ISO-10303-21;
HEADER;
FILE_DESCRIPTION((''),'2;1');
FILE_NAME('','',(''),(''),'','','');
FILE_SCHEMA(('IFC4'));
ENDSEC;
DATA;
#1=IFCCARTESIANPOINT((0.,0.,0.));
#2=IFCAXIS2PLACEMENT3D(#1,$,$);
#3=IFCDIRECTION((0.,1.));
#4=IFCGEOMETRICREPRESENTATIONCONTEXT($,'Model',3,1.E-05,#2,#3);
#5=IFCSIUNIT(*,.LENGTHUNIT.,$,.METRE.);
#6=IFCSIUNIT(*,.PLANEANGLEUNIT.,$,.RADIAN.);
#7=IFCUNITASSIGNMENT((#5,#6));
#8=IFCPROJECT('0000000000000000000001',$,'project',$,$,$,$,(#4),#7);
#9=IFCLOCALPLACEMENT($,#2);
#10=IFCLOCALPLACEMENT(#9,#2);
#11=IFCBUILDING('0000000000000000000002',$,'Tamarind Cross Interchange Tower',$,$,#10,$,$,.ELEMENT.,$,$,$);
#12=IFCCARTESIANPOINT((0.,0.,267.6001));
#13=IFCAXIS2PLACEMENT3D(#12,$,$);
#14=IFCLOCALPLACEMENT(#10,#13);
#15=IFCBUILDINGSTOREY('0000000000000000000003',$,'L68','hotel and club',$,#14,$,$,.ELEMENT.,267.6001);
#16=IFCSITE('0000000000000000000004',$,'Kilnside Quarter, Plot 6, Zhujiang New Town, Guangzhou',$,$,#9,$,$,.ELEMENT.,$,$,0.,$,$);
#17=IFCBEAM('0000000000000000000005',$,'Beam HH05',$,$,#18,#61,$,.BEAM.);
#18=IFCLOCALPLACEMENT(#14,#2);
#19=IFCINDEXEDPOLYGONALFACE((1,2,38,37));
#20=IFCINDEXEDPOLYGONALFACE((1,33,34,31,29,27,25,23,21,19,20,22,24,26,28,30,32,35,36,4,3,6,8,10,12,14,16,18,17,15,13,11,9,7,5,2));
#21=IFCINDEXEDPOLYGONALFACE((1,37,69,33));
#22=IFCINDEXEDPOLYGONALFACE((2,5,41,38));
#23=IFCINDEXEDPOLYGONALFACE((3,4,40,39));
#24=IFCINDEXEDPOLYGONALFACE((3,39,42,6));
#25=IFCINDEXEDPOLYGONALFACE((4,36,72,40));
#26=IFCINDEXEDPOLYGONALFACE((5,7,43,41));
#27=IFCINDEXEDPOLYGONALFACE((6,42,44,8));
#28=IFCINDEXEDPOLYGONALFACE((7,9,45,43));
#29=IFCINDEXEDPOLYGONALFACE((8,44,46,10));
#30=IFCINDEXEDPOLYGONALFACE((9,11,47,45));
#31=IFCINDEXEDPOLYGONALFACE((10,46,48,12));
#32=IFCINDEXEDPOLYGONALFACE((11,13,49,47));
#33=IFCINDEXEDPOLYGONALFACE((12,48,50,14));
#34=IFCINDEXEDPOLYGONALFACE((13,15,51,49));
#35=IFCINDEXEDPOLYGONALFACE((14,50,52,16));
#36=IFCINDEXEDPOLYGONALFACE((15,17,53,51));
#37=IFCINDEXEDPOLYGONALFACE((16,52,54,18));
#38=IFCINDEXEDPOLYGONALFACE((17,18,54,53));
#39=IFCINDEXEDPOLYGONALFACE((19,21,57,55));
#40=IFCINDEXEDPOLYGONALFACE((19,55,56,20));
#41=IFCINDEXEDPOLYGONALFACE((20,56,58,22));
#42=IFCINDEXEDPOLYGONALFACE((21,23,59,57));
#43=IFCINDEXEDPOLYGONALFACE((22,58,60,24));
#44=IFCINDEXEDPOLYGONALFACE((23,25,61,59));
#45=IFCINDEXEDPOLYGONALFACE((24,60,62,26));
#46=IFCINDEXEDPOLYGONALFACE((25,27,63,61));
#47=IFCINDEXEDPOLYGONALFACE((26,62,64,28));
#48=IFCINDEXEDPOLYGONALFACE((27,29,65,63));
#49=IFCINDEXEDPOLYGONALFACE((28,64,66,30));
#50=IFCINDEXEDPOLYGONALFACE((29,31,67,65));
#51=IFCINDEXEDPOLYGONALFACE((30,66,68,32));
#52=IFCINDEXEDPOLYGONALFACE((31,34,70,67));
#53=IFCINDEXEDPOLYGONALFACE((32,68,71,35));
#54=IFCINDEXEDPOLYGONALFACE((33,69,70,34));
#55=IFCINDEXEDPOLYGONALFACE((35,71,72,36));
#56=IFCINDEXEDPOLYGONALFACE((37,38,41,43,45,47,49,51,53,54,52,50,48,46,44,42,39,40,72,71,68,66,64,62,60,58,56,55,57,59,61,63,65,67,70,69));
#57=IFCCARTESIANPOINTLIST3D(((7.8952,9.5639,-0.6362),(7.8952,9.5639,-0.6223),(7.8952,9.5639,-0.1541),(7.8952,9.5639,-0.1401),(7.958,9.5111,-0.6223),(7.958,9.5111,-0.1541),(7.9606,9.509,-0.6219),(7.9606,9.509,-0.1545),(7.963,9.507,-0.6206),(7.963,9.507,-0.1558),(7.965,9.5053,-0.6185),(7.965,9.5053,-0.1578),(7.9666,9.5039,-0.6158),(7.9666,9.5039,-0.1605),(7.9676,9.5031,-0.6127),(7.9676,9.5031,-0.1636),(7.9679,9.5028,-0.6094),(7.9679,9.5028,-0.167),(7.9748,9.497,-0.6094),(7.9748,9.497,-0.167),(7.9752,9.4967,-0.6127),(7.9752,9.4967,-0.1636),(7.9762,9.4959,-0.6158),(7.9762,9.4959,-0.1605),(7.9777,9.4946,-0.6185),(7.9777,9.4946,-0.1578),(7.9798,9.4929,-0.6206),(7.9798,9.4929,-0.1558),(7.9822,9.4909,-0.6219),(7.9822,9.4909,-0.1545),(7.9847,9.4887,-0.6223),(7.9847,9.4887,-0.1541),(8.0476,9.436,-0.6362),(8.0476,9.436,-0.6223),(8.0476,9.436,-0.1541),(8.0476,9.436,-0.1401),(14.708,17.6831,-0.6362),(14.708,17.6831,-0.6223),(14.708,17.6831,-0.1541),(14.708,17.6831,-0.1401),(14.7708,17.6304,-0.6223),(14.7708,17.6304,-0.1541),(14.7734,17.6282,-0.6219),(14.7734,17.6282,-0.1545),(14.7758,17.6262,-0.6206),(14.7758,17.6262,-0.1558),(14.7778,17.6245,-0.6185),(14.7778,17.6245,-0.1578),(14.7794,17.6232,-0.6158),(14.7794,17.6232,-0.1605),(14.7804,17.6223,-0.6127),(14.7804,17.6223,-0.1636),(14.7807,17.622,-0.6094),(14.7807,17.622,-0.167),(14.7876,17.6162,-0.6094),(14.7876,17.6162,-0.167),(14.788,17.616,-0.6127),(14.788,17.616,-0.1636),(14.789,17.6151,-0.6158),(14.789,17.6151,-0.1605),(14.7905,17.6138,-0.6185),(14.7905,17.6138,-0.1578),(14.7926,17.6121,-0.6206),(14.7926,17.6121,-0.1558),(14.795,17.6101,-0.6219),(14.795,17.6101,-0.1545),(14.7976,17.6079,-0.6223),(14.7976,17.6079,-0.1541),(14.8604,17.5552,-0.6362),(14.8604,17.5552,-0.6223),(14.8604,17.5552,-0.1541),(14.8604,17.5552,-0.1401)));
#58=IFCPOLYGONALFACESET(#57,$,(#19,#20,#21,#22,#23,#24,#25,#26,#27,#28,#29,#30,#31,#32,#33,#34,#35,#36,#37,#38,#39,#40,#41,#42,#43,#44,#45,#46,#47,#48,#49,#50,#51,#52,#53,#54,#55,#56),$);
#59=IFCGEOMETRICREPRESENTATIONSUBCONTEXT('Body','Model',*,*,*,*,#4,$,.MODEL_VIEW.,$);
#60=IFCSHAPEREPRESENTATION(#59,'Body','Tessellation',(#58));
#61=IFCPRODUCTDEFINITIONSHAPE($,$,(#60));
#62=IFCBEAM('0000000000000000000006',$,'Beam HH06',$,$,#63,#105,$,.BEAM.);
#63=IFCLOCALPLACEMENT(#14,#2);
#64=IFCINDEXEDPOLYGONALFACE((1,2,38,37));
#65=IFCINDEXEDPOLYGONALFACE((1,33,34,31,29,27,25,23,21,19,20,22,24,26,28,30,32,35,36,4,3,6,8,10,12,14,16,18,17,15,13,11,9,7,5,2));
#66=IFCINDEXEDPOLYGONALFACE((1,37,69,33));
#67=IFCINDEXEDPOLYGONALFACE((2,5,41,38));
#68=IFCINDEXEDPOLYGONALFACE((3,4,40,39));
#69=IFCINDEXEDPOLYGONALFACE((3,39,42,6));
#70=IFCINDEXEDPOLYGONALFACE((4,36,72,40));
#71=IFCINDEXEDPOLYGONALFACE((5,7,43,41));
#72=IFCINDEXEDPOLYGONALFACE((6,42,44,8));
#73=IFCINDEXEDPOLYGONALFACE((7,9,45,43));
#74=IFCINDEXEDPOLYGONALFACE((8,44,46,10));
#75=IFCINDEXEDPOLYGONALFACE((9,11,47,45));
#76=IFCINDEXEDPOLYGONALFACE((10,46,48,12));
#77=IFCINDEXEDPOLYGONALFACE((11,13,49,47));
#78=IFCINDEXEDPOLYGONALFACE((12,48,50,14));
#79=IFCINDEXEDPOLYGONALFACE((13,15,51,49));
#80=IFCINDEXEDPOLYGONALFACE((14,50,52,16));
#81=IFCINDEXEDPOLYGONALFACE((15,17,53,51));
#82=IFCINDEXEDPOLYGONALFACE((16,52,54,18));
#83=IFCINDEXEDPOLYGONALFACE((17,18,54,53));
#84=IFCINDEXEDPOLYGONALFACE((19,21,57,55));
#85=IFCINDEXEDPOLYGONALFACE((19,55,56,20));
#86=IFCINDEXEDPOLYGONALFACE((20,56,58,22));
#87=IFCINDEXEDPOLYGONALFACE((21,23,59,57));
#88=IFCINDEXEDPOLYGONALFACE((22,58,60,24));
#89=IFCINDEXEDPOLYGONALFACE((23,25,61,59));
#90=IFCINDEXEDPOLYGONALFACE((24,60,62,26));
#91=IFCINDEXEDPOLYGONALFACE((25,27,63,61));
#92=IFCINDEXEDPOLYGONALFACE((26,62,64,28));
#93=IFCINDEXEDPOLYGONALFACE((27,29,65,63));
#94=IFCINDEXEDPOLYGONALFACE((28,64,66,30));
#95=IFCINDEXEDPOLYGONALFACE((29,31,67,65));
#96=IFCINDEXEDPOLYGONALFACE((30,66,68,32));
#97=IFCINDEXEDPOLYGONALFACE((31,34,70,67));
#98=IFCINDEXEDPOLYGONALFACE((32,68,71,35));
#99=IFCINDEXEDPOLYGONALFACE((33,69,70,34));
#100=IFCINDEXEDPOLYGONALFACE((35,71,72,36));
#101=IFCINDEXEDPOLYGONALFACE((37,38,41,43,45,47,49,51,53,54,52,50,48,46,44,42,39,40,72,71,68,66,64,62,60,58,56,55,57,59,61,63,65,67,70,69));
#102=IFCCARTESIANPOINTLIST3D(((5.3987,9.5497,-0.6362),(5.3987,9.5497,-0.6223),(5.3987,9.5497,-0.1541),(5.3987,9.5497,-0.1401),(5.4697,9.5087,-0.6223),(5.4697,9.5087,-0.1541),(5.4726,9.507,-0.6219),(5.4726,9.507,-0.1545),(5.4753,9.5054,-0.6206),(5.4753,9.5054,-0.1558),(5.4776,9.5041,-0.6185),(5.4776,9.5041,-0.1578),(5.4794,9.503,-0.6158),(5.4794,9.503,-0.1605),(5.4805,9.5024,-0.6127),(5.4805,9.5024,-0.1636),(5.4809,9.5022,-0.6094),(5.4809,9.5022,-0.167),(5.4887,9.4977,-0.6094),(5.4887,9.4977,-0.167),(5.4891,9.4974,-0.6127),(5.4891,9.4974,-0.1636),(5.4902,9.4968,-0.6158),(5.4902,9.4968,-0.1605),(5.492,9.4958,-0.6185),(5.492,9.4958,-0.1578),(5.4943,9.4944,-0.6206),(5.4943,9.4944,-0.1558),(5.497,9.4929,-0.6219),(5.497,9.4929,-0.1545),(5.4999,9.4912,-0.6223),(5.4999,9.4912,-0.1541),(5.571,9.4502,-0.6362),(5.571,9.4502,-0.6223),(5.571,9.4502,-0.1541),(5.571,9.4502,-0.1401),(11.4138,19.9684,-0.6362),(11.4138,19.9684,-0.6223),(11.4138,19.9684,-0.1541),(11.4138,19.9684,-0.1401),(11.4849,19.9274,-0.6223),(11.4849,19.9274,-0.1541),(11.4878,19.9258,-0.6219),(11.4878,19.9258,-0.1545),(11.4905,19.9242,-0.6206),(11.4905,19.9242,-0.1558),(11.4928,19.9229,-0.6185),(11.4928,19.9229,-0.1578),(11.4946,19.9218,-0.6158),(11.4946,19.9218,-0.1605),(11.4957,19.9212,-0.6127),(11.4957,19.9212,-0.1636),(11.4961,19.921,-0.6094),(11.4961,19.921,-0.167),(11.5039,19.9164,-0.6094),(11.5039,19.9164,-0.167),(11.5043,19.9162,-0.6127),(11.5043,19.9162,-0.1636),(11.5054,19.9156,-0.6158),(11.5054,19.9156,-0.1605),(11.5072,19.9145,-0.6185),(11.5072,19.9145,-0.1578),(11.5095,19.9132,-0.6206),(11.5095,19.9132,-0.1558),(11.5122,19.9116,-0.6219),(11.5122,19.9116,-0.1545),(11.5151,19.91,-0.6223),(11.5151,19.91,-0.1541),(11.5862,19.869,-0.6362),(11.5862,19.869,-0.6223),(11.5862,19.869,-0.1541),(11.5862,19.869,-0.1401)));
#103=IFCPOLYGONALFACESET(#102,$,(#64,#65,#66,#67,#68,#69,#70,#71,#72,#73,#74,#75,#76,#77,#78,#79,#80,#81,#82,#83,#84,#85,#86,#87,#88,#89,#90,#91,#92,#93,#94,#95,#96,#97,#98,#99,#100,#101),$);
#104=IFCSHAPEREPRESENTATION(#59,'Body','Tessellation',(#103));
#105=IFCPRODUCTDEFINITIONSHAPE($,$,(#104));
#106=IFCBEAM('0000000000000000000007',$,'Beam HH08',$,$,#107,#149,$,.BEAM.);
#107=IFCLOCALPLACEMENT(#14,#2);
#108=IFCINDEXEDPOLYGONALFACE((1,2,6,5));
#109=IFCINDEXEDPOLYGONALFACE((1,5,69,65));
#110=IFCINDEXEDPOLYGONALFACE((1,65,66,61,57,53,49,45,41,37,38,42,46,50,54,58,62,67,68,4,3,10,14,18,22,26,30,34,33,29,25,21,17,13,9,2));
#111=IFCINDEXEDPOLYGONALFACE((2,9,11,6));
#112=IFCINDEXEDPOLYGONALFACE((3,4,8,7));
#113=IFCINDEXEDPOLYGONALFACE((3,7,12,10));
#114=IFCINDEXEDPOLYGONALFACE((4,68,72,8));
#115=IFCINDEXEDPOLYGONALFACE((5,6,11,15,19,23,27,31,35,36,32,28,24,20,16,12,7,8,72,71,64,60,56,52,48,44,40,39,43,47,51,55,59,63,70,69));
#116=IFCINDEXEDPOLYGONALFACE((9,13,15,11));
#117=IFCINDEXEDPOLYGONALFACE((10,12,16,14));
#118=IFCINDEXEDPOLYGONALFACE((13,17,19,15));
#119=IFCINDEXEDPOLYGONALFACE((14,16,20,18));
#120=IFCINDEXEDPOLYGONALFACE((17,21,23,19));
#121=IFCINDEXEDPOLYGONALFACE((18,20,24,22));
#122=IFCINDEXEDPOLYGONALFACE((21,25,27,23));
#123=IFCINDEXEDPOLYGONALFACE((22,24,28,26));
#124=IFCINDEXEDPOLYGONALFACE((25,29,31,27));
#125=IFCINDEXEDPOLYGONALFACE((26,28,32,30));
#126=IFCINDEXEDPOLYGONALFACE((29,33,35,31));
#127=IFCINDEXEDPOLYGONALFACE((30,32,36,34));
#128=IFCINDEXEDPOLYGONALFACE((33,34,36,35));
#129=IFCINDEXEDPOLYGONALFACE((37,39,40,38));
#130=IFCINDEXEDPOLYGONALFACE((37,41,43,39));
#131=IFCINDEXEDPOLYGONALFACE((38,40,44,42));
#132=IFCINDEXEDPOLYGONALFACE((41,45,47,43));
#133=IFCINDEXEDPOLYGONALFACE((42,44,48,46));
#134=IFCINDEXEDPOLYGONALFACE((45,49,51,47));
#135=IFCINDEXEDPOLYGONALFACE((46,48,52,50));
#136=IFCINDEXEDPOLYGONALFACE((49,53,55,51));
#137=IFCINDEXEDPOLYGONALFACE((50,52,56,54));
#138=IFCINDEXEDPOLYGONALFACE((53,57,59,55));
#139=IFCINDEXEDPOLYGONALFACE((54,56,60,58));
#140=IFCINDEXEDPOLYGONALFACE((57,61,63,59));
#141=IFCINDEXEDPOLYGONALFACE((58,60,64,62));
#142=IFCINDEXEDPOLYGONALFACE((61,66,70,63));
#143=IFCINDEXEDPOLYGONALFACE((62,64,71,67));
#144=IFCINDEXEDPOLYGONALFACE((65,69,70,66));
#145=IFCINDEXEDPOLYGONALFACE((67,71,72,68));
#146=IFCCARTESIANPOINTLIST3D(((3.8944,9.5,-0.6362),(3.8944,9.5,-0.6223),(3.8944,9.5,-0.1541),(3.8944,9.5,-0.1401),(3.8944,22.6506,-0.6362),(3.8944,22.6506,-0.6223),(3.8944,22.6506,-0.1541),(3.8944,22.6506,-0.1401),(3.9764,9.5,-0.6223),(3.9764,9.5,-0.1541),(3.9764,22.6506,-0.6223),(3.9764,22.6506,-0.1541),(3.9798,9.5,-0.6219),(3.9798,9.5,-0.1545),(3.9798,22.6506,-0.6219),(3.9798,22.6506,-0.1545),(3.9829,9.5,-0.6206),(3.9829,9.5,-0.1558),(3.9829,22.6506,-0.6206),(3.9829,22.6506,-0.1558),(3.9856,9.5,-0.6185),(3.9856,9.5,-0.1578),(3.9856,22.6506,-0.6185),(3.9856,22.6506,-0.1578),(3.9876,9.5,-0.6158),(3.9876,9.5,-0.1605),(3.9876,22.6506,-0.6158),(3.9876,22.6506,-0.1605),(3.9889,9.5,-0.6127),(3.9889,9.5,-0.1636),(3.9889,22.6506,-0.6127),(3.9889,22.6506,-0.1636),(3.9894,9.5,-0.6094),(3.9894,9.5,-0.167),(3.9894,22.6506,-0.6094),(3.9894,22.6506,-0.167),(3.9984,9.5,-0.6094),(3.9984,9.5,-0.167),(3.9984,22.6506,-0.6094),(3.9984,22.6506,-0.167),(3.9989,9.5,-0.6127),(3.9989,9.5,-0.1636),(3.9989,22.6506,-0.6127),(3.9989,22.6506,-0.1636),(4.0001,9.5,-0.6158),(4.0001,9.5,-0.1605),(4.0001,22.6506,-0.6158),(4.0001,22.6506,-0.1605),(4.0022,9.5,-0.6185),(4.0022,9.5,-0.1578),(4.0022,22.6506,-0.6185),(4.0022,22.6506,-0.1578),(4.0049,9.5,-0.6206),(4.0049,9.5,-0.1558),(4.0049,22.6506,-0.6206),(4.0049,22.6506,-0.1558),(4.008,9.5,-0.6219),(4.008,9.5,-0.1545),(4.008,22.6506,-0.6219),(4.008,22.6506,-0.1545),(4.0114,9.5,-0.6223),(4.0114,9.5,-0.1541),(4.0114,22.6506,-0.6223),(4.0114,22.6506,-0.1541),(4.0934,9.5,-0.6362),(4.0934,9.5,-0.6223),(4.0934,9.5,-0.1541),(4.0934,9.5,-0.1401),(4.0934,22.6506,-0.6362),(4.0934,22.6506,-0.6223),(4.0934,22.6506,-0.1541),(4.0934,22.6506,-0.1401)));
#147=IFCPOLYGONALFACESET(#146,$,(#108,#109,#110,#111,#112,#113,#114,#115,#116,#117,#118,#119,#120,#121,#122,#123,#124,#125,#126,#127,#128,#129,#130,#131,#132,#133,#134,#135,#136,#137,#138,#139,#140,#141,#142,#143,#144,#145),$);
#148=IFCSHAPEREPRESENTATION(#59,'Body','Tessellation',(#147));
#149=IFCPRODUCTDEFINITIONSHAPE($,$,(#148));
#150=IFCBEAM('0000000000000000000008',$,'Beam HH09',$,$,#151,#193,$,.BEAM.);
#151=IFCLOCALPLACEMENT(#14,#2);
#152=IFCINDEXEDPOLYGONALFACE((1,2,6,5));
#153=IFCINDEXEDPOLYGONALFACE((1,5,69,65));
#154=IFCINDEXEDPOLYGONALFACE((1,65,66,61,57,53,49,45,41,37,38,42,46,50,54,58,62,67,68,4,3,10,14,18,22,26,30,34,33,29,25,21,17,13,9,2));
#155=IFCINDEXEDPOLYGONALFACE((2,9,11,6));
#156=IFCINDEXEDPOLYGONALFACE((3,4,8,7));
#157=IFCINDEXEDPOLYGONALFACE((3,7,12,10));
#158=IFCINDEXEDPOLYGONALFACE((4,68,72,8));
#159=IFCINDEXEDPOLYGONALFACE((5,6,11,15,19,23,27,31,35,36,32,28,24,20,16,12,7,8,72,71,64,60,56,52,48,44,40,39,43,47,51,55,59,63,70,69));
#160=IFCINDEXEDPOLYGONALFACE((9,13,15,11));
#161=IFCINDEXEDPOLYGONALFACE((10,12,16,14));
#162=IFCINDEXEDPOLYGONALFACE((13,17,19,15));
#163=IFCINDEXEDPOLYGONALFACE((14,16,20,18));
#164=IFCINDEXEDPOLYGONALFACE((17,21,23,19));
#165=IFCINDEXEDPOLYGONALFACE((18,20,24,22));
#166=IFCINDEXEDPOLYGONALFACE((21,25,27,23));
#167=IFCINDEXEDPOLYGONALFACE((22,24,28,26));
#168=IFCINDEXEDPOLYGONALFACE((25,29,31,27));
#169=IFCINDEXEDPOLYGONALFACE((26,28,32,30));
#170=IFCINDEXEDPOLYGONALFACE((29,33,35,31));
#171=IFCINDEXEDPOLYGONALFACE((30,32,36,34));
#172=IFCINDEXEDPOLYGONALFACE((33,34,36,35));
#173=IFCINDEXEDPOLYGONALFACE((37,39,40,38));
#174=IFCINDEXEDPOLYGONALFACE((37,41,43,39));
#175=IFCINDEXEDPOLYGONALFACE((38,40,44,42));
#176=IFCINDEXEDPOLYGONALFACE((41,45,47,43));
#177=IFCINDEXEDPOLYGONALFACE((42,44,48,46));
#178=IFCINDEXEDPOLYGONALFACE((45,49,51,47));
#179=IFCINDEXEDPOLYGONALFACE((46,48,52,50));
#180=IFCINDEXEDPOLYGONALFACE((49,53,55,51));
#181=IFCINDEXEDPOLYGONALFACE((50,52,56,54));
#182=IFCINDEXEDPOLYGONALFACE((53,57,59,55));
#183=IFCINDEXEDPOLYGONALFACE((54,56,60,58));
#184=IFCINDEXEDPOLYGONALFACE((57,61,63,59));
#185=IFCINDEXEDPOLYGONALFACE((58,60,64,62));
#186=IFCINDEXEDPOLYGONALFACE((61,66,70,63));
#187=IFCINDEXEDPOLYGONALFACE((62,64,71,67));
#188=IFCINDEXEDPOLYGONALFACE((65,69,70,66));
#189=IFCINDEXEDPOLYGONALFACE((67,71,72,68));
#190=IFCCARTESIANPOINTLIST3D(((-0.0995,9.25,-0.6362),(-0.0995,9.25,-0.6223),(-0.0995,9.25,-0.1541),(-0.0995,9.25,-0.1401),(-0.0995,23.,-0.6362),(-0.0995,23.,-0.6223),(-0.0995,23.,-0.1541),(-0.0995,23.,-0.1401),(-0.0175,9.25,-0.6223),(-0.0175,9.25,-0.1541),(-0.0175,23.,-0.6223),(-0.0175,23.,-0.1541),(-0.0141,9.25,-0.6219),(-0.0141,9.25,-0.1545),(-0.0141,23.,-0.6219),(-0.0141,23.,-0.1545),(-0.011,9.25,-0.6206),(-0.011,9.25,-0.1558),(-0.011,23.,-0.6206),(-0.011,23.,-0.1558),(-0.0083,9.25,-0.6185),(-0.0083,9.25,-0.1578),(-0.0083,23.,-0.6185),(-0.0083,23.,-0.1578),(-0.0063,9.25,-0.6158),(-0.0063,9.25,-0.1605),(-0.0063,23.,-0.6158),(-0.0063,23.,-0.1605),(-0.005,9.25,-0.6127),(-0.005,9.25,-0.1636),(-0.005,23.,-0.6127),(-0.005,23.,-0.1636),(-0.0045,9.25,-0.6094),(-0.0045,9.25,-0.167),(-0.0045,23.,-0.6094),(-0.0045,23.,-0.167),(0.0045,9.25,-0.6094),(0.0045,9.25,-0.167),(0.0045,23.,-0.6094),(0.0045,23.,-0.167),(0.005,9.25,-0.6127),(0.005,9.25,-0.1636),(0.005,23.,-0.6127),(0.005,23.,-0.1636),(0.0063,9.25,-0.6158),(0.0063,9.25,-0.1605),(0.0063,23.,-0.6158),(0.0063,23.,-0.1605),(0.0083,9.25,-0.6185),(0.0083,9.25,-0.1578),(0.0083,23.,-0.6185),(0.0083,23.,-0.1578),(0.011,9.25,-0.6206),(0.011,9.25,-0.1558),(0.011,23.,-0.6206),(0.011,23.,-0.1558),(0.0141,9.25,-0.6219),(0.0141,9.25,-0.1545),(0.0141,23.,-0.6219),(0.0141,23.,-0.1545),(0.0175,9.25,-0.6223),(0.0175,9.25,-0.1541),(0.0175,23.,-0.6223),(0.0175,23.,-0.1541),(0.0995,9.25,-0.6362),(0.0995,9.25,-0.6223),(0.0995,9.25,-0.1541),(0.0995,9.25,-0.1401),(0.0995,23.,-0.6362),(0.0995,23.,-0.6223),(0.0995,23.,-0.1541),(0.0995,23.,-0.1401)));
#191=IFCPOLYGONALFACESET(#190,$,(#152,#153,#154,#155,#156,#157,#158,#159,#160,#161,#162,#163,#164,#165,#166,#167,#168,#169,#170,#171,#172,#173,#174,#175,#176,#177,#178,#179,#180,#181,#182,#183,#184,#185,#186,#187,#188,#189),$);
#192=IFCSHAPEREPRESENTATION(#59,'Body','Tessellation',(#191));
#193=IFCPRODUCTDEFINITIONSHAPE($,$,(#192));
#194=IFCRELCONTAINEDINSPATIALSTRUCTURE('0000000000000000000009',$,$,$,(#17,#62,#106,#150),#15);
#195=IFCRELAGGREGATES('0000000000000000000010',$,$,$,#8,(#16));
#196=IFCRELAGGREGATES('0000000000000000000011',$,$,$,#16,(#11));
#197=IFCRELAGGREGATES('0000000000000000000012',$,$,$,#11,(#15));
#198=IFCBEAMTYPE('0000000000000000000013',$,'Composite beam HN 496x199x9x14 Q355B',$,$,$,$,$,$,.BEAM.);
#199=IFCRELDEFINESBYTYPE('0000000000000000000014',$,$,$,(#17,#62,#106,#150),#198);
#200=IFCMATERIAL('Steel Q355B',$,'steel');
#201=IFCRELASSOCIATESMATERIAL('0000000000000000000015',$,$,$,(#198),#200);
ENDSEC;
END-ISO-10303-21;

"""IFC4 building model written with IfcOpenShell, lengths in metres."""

from ifc_helpers import new_model, si_unit, direction, frame, origin, origin_2d, place, context, subcontext, project, spatial, i_section, extrude, material, material_profile, profile_set, type_object, element, save


model = new_model("IFC4")

# Units and contexts
model_context = context("Model", 3, precision=1e-05, world=origin(), true_north=direction((0.0, 1.0)))
body_context = subcontext(model_context, "Body", "Model", "MODEL_VIEW")
ifc_project = project(units=[si_unit("LENGTHUNIT", "METRE"), si_unit("PLANEANGLEUNIT", "RADIAN")], contexts=[model_context])

# Site, building, storey
site_placement = place(None, origin())
site = spatial("IfcSite", under=ifc_project, at=site_placement, Name="Kilnside Quarter, Plot 6, Zhujiang New Town, Guangzhou", CompositionType="ELEMENT", RefElevation=0.0)
building_placement = place(site_placement, origin())
building = spatial("IfcBuilding", under=site, at=building_placement, Name="Tamarind Cross Interchange Tower", CompositionType="ELEMENT")
storey_placement = place(building_placement, frame((0.0, 0.0, 267.6001)))
storey = spatial("IfcBuildingStorey", under=building, at=storey_placement, Name="L68", Description="hotel and club", CompositionType="ELEMENT", Elevation=267.6001)

# Beams
ifc_material_1 = material(Name="Steel Q355B", Category="steel")
ifc_material_profile_1 = material_profile(ifc_material_1, i_section(OverallWidth=0.199, OverallDepth=0.4961, WebThickness=0.009, FlangeThickness=0.0139, FilletRadius=0.0129, at=origin_2d()), Name="HN 496x199x9x14")
ifc_profile_set_1 = profile_set([ifc_material_profile_1], Name="Steel Q355B")
beam_type = type_object("IfcBeamType", Name="Composite beam HN 496x199x9x14 Q355B", PredefinedType="BEAM", material=ifc_profile_set_1)
beam_1_placement = place(storey_placement, frame((14.7842, 17.6191, -0.3882), z_axis=(-0.642786, -0.766046, 0.0), x_axis=(0.766046, -0.642786, 0.0)))
element("IfcBeam", 1, at=beam_1_placement, inside=storey, type_object=beam_type, Name="Beam HH05", PredefinedType="BEAM", context=body_context, shape_type="SweptSolid", body=[
    extrude(i_section(OverallWidth=0.199, OverallDepth=0.4961, WebThickness=0.009, FlangeThickness=0.0139, FilletRadius=0.0129, at=origin_2d()), origin(), (0.0, 0.0, 1.0), 10.5989),
])
beam_2_placement = place(storey_placement, frame((11.5, 19.9187, -0.3882), z_axis=(-0.499994, -0.866029, 0.0), x_axis=(0.866029, -0.499994, 0.0)))
element("IfcBeam", 2, at=beam_2_placement, inside=storey, type_object=beam_type, Name="Beam HH06", PredefinedType="BEAM", context=body_context, shape_type="SweptSolid", body=[
    extrude(i_section(OverallWidth=0.199, OverallDepth=0.4961, WebThickness=0.009, FlangeThickness=0.0139, FilletRadius=0.0129, at=origin_2d()), origin(), (0.0, 0.0, 1.0), 12.0305),
])
beam_3_placement = place(storey_placement, frame((3.9939, 22.6506, -0.3882), z_axis=(0.0, -1.0, 0.0), x_axis=(1.0, 0.0, 0.0)))
element("IfcBeam", 3, at=beam_3_placement, inside=storey, type_object=beam_type, Name="Beam HH08", PredefinedType="BEAM", context=body_context, shape_type="SweptSolid", body=[
    extrude(i_section(OverallWidth=0.199, OverallDepth=0.4961, WebThickness=0.009, FlangeThickness=0.0139, FilletRadius=0.0129, at=origin_2d()), origin(), (0.0, 0.0, 1.0), 13.1506),
])
beam_4_placement = place(storey_placement, frame((0.0, 23.0, -0.3882), z_axis=(0.0, -1.0, 0.0), x_axis=(1.0, 0.0, 0.0)))
element("IfcBeam", 4, at=beam_4_placement, inside=storey, type_object=beam_type, Name="Beam HH09", PredefinedType="BEAM", context=body_context, shape_type="SweptSolid", body=[
    extrude(i_section(OverallWidth=0.199, OverallDepth=0.4961, WebThickness=0.009, FlangeThickness=0.0139, FilletRadius=0.0129, at=origin_2d()), origin(), (0.0, 0.0, 1.0), 13.75),
])

save(model, "model.ifc")
